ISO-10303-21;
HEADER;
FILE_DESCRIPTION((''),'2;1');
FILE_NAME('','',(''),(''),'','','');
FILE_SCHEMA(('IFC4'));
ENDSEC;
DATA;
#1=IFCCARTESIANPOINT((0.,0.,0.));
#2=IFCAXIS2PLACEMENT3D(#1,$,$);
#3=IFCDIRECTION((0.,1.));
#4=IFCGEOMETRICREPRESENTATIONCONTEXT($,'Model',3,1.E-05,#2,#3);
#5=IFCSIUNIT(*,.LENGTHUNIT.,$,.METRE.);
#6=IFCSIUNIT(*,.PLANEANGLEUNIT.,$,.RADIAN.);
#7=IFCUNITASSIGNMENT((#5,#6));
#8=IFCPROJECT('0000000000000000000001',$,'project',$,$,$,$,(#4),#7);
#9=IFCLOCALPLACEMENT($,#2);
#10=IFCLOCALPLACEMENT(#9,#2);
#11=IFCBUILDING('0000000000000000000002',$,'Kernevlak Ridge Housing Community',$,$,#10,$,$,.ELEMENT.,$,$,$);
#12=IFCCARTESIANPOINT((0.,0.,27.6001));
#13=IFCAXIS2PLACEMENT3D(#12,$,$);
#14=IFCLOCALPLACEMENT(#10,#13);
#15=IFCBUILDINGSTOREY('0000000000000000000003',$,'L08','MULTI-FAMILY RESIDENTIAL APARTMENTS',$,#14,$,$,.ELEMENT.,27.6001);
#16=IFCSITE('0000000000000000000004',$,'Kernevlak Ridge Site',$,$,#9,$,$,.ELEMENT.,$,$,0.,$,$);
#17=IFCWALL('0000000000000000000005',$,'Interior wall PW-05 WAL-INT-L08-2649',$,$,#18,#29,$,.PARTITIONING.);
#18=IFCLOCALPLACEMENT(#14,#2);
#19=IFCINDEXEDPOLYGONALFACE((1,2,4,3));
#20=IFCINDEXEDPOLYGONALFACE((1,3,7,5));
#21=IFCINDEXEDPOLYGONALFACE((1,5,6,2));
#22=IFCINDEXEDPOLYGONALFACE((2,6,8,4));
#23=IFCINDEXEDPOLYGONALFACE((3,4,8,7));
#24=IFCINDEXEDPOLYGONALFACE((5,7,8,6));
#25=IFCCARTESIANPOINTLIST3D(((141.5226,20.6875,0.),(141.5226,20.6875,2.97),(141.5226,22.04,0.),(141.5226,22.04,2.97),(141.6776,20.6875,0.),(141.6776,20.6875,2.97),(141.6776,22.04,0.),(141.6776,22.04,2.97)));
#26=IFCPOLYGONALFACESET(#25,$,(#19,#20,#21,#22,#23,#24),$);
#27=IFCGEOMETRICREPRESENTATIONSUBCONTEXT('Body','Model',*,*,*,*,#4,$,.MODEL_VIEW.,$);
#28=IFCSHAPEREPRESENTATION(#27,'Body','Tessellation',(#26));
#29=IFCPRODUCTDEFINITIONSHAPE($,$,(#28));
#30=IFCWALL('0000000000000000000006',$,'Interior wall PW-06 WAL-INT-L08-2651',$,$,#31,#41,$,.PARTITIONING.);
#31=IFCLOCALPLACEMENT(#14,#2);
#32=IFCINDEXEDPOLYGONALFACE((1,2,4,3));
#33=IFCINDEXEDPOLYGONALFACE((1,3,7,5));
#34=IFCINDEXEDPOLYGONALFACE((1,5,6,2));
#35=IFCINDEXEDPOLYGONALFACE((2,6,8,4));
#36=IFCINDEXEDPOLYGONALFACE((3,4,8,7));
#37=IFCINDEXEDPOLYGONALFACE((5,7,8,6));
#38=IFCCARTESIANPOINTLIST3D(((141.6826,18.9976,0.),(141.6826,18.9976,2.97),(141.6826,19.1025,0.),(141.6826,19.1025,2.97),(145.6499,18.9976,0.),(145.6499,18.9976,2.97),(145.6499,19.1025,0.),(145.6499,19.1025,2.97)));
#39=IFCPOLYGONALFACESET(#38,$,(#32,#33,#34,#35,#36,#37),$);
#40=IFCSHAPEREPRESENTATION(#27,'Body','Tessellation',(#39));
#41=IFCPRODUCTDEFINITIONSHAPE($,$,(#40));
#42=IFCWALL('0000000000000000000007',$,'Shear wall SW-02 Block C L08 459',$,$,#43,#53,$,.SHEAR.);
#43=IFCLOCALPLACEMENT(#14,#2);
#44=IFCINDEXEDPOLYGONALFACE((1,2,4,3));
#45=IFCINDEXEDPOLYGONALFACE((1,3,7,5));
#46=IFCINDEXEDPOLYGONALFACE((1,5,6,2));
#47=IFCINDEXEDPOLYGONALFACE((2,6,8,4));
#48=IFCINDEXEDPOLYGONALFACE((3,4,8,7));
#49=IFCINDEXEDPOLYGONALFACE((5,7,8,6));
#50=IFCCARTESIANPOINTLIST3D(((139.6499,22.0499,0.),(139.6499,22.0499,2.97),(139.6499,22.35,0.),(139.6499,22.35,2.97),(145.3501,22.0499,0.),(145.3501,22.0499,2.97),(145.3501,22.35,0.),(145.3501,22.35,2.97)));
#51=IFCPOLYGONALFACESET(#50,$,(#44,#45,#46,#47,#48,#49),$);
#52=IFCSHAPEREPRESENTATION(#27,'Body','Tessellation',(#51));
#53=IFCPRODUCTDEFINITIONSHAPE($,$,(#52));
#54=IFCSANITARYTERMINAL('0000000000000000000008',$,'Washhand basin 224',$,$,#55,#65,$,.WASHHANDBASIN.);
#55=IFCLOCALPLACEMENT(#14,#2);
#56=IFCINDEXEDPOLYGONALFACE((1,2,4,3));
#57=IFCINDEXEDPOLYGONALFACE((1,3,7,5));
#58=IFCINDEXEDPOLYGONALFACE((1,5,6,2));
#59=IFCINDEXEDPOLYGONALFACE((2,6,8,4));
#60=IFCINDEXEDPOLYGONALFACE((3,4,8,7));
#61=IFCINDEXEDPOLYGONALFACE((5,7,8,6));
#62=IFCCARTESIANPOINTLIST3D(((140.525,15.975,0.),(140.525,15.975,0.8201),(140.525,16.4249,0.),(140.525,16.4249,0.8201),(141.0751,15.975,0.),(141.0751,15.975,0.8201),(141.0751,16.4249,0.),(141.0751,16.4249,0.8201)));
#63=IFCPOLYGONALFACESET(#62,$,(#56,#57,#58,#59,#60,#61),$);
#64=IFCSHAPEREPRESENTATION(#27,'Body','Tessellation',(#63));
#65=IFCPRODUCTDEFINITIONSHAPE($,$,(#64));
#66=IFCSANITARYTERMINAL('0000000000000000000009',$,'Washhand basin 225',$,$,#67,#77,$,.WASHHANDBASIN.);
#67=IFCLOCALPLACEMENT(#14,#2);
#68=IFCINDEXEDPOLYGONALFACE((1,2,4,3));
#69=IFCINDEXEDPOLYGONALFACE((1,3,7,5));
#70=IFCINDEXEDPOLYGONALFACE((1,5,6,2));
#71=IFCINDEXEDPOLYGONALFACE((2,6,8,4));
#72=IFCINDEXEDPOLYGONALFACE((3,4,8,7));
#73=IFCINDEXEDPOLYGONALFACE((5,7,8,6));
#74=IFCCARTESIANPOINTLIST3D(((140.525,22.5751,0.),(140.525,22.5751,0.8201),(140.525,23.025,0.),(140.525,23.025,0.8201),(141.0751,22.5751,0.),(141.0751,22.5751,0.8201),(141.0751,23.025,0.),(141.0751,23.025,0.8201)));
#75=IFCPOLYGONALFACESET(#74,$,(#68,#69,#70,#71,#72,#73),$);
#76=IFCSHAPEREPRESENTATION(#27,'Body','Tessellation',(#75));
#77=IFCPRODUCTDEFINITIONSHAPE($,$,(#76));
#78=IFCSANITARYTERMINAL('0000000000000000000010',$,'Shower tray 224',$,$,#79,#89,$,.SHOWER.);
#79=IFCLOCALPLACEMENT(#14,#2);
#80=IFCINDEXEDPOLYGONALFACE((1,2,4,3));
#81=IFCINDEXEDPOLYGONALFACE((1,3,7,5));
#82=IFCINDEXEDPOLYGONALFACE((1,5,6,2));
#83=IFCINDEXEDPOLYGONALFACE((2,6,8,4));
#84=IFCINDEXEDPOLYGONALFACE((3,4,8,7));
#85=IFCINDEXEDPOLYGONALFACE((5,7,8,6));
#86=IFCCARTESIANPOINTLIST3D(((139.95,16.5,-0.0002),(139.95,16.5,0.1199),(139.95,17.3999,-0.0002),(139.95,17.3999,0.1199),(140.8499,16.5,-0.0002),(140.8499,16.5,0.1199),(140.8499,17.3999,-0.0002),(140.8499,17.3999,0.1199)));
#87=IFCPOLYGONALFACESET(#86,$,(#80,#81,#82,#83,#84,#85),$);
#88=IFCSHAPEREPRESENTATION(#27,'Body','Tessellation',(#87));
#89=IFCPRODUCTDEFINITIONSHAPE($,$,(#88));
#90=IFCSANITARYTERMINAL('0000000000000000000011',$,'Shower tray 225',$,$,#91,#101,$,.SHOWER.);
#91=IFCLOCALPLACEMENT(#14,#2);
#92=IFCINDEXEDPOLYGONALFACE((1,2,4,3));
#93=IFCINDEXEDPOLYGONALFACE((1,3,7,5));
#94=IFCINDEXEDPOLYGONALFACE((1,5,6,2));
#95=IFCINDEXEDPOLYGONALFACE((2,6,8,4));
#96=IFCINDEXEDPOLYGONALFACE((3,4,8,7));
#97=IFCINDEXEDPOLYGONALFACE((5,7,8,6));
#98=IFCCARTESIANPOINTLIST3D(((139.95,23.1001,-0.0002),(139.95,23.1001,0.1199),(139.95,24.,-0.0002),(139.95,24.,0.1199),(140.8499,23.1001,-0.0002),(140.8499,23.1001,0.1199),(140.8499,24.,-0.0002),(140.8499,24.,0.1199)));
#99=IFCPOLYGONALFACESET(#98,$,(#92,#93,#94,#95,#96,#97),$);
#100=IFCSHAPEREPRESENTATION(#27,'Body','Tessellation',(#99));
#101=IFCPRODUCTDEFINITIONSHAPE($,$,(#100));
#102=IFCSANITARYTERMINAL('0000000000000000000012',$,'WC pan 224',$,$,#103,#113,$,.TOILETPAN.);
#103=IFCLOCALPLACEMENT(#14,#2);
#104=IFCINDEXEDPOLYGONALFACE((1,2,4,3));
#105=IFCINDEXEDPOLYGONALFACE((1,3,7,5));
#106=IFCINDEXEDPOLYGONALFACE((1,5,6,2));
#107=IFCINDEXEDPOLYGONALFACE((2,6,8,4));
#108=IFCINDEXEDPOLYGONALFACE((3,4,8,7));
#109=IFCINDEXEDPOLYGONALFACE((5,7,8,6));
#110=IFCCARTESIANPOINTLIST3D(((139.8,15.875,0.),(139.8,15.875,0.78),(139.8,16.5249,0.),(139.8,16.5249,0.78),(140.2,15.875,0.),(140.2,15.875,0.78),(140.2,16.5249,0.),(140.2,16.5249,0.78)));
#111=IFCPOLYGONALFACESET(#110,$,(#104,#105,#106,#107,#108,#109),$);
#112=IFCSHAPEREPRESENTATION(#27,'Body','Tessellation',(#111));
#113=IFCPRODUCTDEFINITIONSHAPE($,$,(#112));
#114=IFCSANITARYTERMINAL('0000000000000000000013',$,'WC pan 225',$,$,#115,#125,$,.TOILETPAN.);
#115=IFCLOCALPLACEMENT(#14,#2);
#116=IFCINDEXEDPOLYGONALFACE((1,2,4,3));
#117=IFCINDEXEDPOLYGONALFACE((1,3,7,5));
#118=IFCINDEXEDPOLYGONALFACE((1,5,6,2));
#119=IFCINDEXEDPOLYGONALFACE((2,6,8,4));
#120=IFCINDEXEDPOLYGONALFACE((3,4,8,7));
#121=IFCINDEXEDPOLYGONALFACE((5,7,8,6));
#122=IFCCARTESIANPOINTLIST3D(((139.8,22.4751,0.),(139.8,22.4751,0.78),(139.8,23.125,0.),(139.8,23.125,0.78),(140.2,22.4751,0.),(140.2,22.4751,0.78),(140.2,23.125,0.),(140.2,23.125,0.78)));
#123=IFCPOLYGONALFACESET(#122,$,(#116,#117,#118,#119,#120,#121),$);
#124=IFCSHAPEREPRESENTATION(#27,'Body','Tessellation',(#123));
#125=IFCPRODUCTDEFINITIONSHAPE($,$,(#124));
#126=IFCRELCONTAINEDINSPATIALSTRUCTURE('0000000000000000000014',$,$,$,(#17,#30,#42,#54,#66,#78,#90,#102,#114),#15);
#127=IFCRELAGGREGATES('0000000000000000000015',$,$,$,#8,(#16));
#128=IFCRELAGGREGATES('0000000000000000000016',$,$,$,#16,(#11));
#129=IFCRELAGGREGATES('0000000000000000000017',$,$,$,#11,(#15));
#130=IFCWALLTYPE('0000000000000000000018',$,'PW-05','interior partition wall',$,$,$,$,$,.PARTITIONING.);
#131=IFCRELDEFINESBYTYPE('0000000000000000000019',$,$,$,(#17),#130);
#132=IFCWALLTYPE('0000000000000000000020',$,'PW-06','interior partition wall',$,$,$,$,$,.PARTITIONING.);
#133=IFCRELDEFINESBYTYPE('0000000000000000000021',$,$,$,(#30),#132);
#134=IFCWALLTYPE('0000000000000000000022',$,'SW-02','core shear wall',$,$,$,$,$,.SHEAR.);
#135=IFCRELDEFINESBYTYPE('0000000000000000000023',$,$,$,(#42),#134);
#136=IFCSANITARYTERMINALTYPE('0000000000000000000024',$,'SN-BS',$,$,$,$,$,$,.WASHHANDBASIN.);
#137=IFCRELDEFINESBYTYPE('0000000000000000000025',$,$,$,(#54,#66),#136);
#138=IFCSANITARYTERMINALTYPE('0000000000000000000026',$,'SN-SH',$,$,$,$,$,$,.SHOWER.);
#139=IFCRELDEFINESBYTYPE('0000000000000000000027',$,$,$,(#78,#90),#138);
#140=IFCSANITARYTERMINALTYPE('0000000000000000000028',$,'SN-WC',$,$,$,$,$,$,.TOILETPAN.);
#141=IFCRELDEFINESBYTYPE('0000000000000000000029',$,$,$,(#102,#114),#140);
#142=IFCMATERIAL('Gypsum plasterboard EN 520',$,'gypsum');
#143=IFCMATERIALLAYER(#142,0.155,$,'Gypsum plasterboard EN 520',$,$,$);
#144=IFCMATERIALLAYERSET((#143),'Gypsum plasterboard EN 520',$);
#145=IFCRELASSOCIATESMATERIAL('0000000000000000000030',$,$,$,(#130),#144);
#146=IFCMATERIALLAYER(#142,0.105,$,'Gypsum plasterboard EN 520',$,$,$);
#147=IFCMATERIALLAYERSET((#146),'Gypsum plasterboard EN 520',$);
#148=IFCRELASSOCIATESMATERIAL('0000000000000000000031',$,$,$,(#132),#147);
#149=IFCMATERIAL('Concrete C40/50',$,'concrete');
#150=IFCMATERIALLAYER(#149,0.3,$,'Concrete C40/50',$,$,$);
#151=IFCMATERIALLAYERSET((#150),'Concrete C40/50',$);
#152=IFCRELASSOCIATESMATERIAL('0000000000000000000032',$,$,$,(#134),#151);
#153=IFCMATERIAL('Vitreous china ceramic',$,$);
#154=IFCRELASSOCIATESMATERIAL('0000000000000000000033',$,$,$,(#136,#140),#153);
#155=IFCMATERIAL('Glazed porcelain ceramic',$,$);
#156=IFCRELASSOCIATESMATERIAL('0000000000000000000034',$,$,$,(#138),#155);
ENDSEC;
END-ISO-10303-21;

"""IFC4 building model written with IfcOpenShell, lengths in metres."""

from ifc_helpers import new_model, si_unit, direction, frame, frame_2d, origin, origin_2d, place, context, subcontext, project, spatial, rectangle, extrude, material, layer, layer_set, type_object, element, save


model = new_model("IFC4")

# Units and contexts
model_context = context("Model", 3, precision=1e-05, world=origin(), true_north=direction((0.0, 1.0)))
body_context = subcontext(model_context, "Body", "Model", "MODEL_VIEW")
ifc_project = project(units=[si_unit("LENGTHUNIT", "METRE"), si_unit("PLANEANGLEUNIT", "RADIAN")], contexts=[model_context])

# Site, building, storey
site_placement = place(None, origin())
site = spatial("IfcSite", under=ifc_project, at=site_placement, Name="Kernevlak Ridge Site", CompositionType="ELEMENT", RefElevation=0.0)
building_placement = place(site_placement, origin())
building = spatial("IfcBuilding", under=site, at=building_placement, Name="Kernevlak Ridge Housing Community", CompositionType="ELEMENT")
storey_placement = place(building_placement, frame((0.0, 0.0, 27.6001)))
storey = spatial("IfcBuildingStorey", under=building, at=storey_placement, Name="L08", Description="MULTI-FAMILY RESIDENTIAL APARTMENTS", CompositionType="ELEMENT", Elevation=27.6001)

# Shared definitions
ifc_material_1 = material(Name="Gypsum plasterboard EN 520", Category="gypsum")

# Walls
ifc_layer_1 = layer(ifc_material_1, 0.155, Name="Gypsum plasterboard EN 520")
ifc_layer_set_1 = layer_set([ifc_layer_1], Name="Gypsum plasterboard EN 520")
wall_type_1 = type_object("IfcWallType", Name="PW-05", Description="interior partition wall", PredefinedType="PARTITIONING", material=ifc_layer_set_1)
wall_1_placement = place(storey_placement, frame((141.6001, 20.6875, 0.0), z_axis=(0.0, 0.0, 1.0), x_axis=(0.0, 1.0, 0.0)))
element("IfcWall", 1, at=wall_1_placement, inside=storey, type_object=wall_type_1, Name="Interior wall PW-05 WAL-INT-L08-2649", PredefinedType="PARTITIONING", context=body_context, shape_type="SweptSolid", body=[
    extrude(rectangle(XDim=1.3525, YDim=0.155, at=frame_2d((0.6763, 0.0))), origin(), (0.0, 0.0, 1.0), 2.97),
])
ifc_layer_2 = layer(ifc_material_1, 0.105, Name="Gypsum plasterboard EN 520")
ifc_layer_set_2 = layer_set([ifc_layer_2], Name="Gypsum plasterboard EN 520")
wall_type_2 = type_object("IfcWallType", Name="PW-06", Description="interior partition wall", PredefinedType="PARTITIONING", material=ifc_layer_set_2)
wall_2_placement = place(storey_placement, frame((141.6826, 19.05, 0.0), z_axis=(0.0, 0.0, 1.0), x_axis=(1.0, 0.0, 0.0)))
element("IfcWall", 2, at=wall_2_placement, inside=storey, type_object=wall_type_2, Name="Interior wall PW-06 WAL-INT-L08-2651", PredefinedType="PARTITIONING", context=body_context, shape_type="SweptSolid", body=[
    extrude(rectangle(XDim=3.9673, YDim=0.105, at=frame_2d((1.9836, 0.0))), origin(), (0.0, 0.0, 1.0), 2.97),
])
ifc_material_2 = material(Name="Concrete C40/50", Category="concrete")
ifc_layer_3 = layer(ifc_material_2, 0.3, Name="Concrete C40/50")
ifc_layer_set_3 = layer_set([ifc_layer_3], Name="Concrete C40/50")
wall_type_3 = type_object("IfcWallType", Name="SW-02", Description="core shear wall", PredefinedType="SHEAR", material=ifc_layer_set_3)
wall_3_placement = place(storey_placement, frame((139.6499, 22.2, 0.0), z_axis=(0.0, 0.0, 1.0), x_axis=(1.0, 0.0, 0.0)))
element("IfcWall", 3, at=wall_3_placement, inside=storey, type_object=wall_type_3, Name="Shear wall SW-02 Block C L08 459", PredefinedType="SHEAR", context=body_context, shape_type="SweptSolid", body=[
    extrude(rectangle(XDim=5.7002, YDim=0.3, at=frame_2d((2.8501, 0.0))), origin(), (0.0, 0.0, 1.0), 2.97),
])

# Sanitary terminals
ifc_material_3 = material(Name="Vitreous china ceramic")
sanitary_terminal_type_1 = type_object("IfcSanitaryTerminalType", Name="SN-BS", PredefinedType="WASHHANDBASIN", material=ifc_material_3)
for number, where, z_axis, x_axis, name in (
    (4, (140.8, 16.2, 0.0), (0.0, 0.0, 1.0), (1.0, 0.0, 0.0), "Washhand basin 224"),
    (5, (140.8, 22.8, 0.0), (0.0, 0.0, 1.0), (1.0, 0.0, 0.0), "Washhand basin 225"),
):
    element("IfcSanitaryTerminal", number, at=place(storey_placement, frame(where, z_axis=z_axis, x_axis=x_axis)), inside=storey, type_object=sanitary_terminal_type_1, Name=name, PredefinedType="WASHHANDBASIN", context=body_context, shape_type="SweptSolid", body=[
        extrude(rectangle(XDim=0.55, YDim=0.45, at=origin_2d()), origin(), (0.0, 0.0, 1.0), 0.8201),
    ])
ifc_material_4 = material(Name="Glazed porcelain ceramic")
sanitary_terminal_type_2 = type_object("IfcSanitaryTerminalType", Name="SN-SH", PredefinedType="SHOWER", material=ifc_material_4)
for number, where, z_axis, x_axis, name in (
    (6, (140.3999, 16.95, -0.0002), (0.0, 0.0, 1.0), (1.0, 0.0, 0.0), "Shower tray 224"),
    (7, (140.3999, 23.55, -0.0002), (0.0, 0.0, 1.0), (1.0, 0.0, 0.0), "Shower tray 225"),
):
    element("IfcSanitaryTerminal", number, at=place(storey_placement, frame(where, z_axis=z_axis, x_axis=x_axis)), inside=storey, type_object=sanitary_terminal_type_2, Name=name, PredefinedType="SHOWER", context=body_context, shape_type="SweptSolid", body=[
        extrude(rectangle(XDim=0.8999, YDim=0.8999, at=origin_2d()), origin(), (0.0, 0.0, 1.0), 0.1201),
    ])
sanitary_terminal_type_3 = type_object("IfcSanitaryTerminalType", Name="SN-WC", PredefinedType="TOILETPAN", material=ifc_material_3)
for number, where, z_axis, x_axis, name in (
    (8, (140.0, 16.2, 0.0), (0.0, 0.0, 1.0), (1.0, 0.0, 0.0), "WC pan 224"),
    (9, (140.0, 22.8, 0.0), (0.0, 0.0, 1.0), (1.0, 0.0, 0.0), "WC pan 225"),
):
    element("IfcSanitaryTerminal", number, at=place(storey_placement, frame(where, z_axis=z_axis, x_axis=x_axis)), inside=storey, type_object=sanitary_terminal_type_3, Name=name, PredefinedType="TOILETPAN", context=body_context, shape_type="SweptSolid", body=[
        extrude(rectangle(XDim=0.3999, YDim=0.6499, at=origin_2d()), origin(), (0.0, 0.0, 1.0), 0.78),
    ])

save(model, "model.ifc")
